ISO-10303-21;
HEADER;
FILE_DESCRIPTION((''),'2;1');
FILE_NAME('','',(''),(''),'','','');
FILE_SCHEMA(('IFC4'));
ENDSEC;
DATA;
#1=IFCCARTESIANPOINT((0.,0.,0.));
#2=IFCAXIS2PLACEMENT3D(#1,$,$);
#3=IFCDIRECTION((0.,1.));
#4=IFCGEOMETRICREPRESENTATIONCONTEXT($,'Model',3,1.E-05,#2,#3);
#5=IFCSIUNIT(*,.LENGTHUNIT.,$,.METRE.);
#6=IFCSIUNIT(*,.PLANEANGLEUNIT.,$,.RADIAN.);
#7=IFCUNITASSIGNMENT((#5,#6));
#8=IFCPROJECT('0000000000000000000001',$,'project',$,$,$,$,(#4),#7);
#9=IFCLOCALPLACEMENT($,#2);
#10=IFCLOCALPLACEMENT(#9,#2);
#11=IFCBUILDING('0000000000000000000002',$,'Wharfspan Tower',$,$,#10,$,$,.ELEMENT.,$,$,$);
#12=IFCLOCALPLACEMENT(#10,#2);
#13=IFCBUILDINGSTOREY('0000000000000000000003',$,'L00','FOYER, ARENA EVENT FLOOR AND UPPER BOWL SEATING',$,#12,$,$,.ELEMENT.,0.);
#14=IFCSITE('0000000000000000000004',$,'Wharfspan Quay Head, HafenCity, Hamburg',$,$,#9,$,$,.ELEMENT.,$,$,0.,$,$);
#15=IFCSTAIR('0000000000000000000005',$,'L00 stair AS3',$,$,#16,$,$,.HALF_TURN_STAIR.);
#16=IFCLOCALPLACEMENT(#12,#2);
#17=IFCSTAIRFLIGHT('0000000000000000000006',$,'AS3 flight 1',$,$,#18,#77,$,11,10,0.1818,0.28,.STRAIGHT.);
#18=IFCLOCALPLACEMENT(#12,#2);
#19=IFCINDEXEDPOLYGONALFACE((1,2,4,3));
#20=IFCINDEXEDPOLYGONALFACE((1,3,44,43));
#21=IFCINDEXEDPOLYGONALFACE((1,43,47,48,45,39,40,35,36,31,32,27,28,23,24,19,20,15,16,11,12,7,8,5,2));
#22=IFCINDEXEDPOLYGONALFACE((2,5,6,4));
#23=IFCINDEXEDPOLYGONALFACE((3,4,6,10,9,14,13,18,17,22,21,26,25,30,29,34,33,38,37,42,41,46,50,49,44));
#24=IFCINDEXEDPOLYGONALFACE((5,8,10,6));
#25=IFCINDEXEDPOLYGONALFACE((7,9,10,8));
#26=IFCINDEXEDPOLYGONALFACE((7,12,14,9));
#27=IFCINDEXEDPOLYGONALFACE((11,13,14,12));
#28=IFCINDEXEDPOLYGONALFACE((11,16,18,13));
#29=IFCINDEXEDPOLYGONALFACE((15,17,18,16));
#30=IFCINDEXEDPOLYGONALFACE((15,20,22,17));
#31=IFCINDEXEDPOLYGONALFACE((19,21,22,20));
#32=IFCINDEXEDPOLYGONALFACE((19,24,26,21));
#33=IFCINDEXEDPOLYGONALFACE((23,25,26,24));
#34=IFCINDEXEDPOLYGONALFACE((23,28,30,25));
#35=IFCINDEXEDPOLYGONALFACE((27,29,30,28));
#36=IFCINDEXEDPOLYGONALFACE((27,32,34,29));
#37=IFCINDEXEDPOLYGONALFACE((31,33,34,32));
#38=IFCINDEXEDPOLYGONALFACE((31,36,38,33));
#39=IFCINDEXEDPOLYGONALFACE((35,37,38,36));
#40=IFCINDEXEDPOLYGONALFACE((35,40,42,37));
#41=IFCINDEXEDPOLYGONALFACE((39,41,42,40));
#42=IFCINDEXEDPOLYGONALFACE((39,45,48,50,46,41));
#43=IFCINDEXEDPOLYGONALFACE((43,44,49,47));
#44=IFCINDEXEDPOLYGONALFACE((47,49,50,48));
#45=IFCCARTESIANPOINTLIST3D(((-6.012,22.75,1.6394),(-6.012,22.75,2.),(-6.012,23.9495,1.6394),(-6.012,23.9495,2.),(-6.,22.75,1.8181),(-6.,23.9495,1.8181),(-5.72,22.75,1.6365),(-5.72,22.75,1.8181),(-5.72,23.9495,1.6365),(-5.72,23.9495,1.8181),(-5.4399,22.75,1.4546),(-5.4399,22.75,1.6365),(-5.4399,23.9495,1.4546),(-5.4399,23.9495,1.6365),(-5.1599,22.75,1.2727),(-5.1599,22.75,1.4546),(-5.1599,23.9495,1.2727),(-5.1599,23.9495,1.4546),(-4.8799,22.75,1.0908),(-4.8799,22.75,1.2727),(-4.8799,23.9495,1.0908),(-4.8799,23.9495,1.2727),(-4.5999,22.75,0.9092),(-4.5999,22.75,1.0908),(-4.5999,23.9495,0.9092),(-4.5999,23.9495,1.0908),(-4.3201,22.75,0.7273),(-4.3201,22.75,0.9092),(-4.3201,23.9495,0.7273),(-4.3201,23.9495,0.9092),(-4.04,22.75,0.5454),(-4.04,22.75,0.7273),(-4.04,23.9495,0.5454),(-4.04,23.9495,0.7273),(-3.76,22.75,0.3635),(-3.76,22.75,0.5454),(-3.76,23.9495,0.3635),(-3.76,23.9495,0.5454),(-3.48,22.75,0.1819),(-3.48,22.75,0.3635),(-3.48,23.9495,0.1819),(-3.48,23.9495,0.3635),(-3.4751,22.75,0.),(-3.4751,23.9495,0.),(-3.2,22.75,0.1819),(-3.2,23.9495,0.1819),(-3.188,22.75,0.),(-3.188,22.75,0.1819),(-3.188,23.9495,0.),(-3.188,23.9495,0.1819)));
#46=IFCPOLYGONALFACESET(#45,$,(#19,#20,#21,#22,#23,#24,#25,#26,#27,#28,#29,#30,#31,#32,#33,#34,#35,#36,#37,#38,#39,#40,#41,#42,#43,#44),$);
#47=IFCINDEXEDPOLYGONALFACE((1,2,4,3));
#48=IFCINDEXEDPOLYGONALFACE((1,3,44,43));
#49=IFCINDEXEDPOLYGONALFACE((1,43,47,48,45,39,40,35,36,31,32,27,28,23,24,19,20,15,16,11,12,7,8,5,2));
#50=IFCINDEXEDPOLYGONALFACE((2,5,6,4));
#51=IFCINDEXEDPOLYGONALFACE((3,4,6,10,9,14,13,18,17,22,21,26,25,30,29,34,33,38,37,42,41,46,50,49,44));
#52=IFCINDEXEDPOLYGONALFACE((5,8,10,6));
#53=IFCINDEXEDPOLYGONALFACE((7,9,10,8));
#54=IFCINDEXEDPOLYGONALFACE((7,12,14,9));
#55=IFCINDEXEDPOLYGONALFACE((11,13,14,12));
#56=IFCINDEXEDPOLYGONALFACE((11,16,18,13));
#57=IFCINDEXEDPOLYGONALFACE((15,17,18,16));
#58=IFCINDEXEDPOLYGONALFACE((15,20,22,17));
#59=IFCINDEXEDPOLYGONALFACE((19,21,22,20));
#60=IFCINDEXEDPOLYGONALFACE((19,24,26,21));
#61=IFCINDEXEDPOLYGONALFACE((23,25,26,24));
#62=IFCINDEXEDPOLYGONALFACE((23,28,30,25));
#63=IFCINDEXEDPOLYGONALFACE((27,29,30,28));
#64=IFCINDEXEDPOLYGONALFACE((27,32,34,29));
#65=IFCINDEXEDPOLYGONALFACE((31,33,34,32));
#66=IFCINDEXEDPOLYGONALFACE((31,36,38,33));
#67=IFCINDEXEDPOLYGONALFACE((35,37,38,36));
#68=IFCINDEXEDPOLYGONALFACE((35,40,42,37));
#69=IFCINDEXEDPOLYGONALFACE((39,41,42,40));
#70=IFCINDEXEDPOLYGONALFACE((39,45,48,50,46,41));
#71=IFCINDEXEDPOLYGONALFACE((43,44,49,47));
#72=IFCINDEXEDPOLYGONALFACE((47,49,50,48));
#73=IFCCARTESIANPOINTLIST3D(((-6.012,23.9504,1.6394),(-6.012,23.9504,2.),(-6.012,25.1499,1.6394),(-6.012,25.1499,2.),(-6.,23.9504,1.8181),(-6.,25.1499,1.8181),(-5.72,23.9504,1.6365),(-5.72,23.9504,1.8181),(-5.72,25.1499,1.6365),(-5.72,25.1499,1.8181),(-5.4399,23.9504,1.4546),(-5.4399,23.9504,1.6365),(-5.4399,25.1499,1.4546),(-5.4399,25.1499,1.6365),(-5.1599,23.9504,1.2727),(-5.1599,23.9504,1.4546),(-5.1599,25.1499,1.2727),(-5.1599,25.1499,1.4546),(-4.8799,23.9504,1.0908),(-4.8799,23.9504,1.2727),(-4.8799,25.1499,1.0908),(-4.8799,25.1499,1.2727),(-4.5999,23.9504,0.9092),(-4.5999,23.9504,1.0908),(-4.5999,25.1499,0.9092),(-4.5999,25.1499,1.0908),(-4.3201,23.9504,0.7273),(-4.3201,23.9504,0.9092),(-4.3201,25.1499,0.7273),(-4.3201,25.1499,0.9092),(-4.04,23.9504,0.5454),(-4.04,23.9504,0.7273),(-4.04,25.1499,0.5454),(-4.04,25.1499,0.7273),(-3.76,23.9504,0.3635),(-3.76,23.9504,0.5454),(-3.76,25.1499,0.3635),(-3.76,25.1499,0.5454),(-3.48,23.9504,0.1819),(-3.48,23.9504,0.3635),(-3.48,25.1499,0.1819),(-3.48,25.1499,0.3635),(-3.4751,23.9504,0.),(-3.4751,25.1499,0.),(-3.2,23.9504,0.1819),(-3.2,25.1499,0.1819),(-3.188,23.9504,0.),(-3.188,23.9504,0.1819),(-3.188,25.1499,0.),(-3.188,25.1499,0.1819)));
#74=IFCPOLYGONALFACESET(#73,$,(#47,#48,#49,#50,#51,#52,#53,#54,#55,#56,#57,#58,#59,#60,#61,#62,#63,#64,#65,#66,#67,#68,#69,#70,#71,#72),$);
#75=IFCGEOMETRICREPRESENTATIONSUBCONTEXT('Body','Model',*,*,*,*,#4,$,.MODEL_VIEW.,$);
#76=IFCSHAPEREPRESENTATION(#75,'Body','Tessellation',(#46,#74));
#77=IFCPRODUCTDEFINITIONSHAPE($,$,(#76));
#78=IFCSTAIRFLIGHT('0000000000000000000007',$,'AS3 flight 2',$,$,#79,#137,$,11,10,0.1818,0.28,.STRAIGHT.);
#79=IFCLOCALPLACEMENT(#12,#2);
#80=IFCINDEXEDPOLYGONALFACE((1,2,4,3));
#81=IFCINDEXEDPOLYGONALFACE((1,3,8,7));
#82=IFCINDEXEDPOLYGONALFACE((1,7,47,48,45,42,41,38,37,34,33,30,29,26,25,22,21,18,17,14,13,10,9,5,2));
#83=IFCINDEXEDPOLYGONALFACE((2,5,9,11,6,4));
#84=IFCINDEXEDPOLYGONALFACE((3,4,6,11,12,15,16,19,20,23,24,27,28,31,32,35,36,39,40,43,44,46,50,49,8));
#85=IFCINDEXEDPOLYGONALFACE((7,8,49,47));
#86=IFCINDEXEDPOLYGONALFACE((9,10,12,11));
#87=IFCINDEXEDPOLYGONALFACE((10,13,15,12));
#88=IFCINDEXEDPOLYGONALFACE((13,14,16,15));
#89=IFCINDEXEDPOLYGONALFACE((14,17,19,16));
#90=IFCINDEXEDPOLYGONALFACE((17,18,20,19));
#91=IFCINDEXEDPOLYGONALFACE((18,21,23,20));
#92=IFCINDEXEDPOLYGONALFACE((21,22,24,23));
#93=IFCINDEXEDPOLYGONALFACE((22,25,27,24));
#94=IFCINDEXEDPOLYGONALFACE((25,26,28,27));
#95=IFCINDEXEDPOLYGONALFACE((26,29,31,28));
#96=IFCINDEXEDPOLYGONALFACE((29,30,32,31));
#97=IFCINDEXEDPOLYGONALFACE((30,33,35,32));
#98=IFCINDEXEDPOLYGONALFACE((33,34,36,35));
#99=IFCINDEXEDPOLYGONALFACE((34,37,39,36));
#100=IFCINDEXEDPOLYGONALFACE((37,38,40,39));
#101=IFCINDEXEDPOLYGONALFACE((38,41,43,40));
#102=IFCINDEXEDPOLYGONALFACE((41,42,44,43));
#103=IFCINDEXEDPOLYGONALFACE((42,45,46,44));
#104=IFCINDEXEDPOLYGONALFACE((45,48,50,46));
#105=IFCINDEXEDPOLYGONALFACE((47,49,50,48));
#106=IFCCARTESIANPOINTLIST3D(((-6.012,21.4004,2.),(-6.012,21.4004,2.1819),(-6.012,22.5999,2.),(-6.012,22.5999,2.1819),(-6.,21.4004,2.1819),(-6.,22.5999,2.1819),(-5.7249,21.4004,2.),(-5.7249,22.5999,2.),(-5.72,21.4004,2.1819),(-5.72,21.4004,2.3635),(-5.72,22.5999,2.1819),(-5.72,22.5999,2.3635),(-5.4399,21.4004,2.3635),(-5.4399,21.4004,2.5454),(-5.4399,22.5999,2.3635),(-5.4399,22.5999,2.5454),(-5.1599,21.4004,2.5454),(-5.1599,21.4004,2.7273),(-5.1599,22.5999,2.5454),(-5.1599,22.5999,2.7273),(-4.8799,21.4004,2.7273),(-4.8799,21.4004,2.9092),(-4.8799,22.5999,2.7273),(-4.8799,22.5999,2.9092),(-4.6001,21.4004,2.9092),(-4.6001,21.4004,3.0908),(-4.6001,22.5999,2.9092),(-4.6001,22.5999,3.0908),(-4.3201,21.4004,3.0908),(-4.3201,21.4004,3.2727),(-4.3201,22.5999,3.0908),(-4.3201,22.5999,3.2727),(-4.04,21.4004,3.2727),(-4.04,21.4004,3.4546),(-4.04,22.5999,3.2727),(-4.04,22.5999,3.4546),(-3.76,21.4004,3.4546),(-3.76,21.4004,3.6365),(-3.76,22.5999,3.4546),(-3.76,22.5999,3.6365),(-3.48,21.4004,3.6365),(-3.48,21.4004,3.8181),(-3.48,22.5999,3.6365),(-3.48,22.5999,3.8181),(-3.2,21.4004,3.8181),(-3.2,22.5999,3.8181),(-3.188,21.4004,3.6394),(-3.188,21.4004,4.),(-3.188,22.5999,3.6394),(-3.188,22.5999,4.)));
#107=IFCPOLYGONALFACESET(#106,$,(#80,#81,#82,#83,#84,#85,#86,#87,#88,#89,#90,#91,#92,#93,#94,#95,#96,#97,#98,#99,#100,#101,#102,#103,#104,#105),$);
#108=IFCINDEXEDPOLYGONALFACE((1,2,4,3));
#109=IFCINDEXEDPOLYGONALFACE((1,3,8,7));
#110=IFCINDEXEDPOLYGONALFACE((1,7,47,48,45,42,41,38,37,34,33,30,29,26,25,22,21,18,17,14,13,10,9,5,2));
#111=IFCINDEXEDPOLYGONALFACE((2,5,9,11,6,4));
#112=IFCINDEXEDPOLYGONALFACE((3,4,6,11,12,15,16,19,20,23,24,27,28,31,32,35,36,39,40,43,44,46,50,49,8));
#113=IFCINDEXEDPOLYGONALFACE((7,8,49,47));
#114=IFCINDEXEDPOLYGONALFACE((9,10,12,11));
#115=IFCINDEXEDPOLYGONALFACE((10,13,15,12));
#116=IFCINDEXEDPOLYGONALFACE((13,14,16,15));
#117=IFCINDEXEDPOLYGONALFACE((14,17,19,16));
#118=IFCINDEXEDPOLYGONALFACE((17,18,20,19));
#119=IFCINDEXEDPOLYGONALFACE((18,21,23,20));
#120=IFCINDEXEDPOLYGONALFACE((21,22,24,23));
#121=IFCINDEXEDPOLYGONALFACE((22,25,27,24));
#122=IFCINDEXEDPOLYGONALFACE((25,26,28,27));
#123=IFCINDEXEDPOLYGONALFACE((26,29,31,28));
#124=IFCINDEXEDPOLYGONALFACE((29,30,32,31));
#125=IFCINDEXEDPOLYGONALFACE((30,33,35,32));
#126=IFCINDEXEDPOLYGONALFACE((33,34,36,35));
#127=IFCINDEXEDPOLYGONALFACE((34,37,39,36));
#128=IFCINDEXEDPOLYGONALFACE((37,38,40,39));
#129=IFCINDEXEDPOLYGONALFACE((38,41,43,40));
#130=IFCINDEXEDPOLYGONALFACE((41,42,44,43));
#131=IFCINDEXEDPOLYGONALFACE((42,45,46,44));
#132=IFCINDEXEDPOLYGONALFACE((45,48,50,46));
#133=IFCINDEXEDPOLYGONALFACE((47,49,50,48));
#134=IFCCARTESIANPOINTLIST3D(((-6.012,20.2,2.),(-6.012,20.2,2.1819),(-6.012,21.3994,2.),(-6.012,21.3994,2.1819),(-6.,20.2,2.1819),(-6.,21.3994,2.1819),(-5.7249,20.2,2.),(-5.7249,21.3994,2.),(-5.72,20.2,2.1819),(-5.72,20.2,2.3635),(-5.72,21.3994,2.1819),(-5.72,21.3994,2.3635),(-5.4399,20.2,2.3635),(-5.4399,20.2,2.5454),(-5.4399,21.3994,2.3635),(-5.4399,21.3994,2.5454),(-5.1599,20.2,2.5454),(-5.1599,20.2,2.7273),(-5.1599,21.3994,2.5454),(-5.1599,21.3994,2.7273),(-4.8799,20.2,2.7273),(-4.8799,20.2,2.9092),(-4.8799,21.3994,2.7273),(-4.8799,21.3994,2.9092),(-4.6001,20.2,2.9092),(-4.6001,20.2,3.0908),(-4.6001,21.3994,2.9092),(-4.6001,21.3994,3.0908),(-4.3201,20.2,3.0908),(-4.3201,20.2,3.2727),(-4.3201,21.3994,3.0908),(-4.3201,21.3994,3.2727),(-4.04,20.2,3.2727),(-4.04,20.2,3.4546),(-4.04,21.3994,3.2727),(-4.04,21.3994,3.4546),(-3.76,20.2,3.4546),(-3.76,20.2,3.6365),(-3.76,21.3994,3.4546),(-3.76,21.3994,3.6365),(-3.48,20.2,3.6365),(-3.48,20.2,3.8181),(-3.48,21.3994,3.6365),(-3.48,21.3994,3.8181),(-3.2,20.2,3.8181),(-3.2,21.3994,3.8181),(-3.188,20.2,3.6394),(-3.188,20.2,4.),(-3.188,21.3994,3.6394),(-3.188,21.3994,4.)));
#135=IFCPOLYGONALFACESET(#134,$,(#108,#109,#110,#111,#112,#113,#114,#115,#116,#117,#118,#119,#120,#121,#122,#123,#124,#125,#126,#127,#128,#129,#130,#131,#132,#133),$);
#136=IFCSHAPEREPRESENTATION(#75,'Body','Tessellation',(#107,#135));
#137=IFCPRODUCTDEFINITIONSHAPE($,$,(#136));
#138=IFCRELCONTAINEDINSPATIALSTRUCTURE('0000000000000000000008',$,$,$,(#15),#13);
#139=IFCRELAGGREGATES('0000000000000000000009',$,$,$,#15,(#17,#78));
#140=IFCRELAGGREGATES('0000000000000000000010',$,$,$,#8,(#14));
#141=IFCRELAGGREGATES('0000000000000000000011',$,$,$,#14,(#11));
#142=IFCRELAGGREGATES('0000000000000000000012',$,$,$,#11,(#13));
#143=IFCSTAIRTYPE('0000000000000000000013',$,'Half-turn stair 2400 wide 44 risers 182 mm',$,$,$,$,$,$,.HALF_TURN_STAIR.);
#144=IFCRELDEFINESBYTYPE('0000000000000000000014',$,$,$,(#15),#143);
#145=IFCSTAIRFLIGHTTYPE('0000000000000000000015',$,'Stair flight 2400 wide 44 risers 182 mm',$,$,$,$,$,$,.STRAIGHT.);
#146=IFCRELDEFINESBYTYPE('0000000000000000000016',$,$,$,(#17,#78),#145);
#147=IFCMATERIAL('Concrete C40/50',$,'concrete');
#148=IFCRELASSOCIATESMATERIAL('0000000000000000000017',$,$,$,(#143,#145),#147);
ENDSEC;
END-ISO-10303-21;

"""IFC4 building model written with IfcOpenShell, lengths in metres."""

from ifc_helpers import new_model, si_unit, direction, frame, origin, place, context, subcontext, project, spatial, polyline, outline, extrude, material, type_object, element, aggregate, save


model = new_model("IFC4")

# Units and contexts
model_context = context("Model", 3, precision=1e-05, world=origin(), true_north=direction((0.0, 1.0)))
body_context = subcontext(model_context, "Body", "Model", "MODEL_VIEW")
ifc_project = project(units=[si_unit("LENGTHUNIT", "METRE"), si_unit("PLANEANGLEUNIT", "RADIAN")], contexts=[model_context])

# Site, building, storey
site_placement = place(None, origin())
site = spatial("IfcSite", under=ifc_project, at=site_placement, Name="Wharfspan Quay Head, HafenCity, Hamburg", CompositionType="ELEMENT", RefElevation=0.0)
building_placement = place(site_placement, origin())
building = spatial("IfcBuilding", under=site, at=building_placement, Name="Wharfspan Tower", CompositionType="ELEMENT")
storey_placement = place(building_placement, origin())
storey = spatial("IfcBuildingStorey", under=building, at=storey_placement, Name="L00", Description="FOYER, ARENA EVENT FLOOR AND UPPER BOWL SEATING", CompositionType="ELEMENT", Elevation=0.0)

# Shared definitions
ifc_material_1 = material(Name="Concrete C40/50", Category="concrete")

# Stair, stair flights
stair_type = type_object("IfcStairType", Name="Half-turn stair 2400 wide 44 risers 182 mm", PredefinedType="HALF_TURN_STAIR", material=ifc_material_1)
stair_placement = place(storey_placement, origin())
stair = element("IfcStair", 1, at=stair_placement, inside=storey, type_object=stair_type, Name="L00 stair AS3", PredefinedType="HALF_TURN_STAIR")
stair_flight_type = type_object("IfcStairFlightType", Name="Stair flight 2400 wide 44 risers 182 mm", PredefinedType="STRAIGHT", material=ifc_material_1)
stair_flight_1_placement = place(storey_placement, frame((-3.2, 23.95, 0.0), z_axis=(0.0, 0.0, 1.0), x_axis=(-1.0, 0.0, 0.0)))
stair_flight_1 = element("IfcStairFlight", 2, at=stair_flight_1_placement, type_object=stair_flight_type, Name="AS3 flight 1", NumberOfRisers=11, NumberOfTreads=10, PredefinedType="STRAIGHT", RiserHeight=0.1818, TreadLength=0.28, context=body_context, shape_type="SweptSolid", body=[
    extrude(outline(polyline([(-0.012, 0.0), (-0.012, 0.1819), (0.0, 0.1819), (0.28, 0.1819), (0.28, 0.3635), (0.5601, 0.3635), (0.5601, 0.5454), (0.8401, 0.5454), (0.8401, 0.7273), (1.1201, 0.7273), (1.1201, 0.9092), (1.3999, 0.9092), (1.3999, 1.0908), (1.6799, 1.0908), (1.6799, 1.2727), (1.96, 1.2727), (1.96, 1.4546), (2.24, 1.4546), (2.24, 1.6365), (2.52, 1.6365), (2.52, 1.8181), (2.8, 1.8181), (2.812, 2.0), (2.812, 1.6394), (0.2751, 0.0), (-0.012, 0.0)])), frame((0.0, 1.2, 0.0), z_axis=(0.0, -1.0, 0.0), x_axis=(1.0, 0.0, 0.0)), (0.0, 0.0, 1.0), 1.1995),
    extrude(outline(polyline([(-0.012, 0.0), (-0.012, 0.1819), (0.0, 0.1819), (0.28, 0.1819), (0.28, 0.3635), (0.5601, 0.3635), (0.5601, 0.5454), (0.8401, 0.5454), (0.8401, 0.7273), (1.1201, 0.7273), (1.1201, 0.9092), (1.3999, 0.9092), (1.3999, 1.0908), (1.6799, 1.0908), (1.6799, 1.2727), (1.96, 1.2727), (1.96, 1.4546), (2.24, 1.4546), (2.24, 1.6365), (2.52, 1.6365), (2.52, 1.8181), (2.8, 1.8181), (2.812, 2.0), (2.812, 1.6394), (0.2751, 0.0), (-0.012, 0.0)])), frame((0.0, -0.0005, 0.0), z_axis=(0.0, -1.0, 0.0), x_axis=(1.0, 0.0, 0.0)), (0.0, 0.0, 1.0), 1.1995),
])
stair_flight_2_placement = place(storey_placement, frame((-6.0, 21.3999, 2.0), z_axis=(0.0, 0.0, 1.0), x_axis=(1.0, 0.0, 0.0)))
stair_flight_2 = element("IfcStairFlight", 3, at=stair_flight_2_placement, type_object=stair_flight_type, Name="AS3 flight 2", NumberOfRisers=11, NumberOfTreads=10, PredefinedType="STRAIGHT", RiserHeight=0.1818, TreadLength=0.28, context=body_context, shape_type="SweptSolid", body=[
    extrude(outline(polyline([(-0.012, 0.0), (-0.012, 0.1819), (0.0, 0.1819), (0.28, 0.1819), (0.28, 0.3635), (0.5601, 0.3635), (0.5601, 0.5454), (0.8401, 0.5454), (0.8401, 0.7273), (1.1201, 0.7273), (1.1201, 0.9092), (1.3999, 0.9092), (1.3999, 1.0908), (1.6799, 1.0908), (1.6799, 1.2727), (1.96, 1.2727), (1.96, 1.4546), (2.24, 1.4546), (2.24, 1.6365), (2.52, 1.6365), (2.52, 1.8181), (2.8, 1.8181), (2.812, 2.0), (2.812, 1.6394), (0.2751, 0.0), (-0.012, 0.0)])), frame((0.0, 1.2, 0.0), z_axis=(0.0, -1.0, 0.0), x_axis=(1.0, 0.0, 0.0)), (0.0, 0.0, 1.0), 1.1995),
    extrude(outline(polyline([(-0.012, 0.0), (-0.012, 0.1819), (0.0, 0.1819), (0.28, 0.1819), (0.28, 0.3635), (0.5601, 0.3635), (0.5601, 0.5454), (0.8401, 0.5454), (0.8401, 0.7273), (1.1201, 0.7273), (1.1201, 0.9092), (1.3999, 0.9092), (1.3999, 1.0908), (1.6799, 1.0908), (1.6799, 1.2727), (1.96, 1.2727), (1.96, 1.4546), (2.24, 1.4546), (2.24, 1.6365), (2.52, 1.6365), (2.52, 1.8181), (2.8, 1.8181), (2.812, 2.0), (2.812, 1.6394), (0.2751, 0.0), (-0.012, 0.0)])), frame((0.0, -0.0005, 0.0), z_axis=(0.0, -1.0, 0.0), x_axis=(1.0, 0.0, 0.0)), (0.0, 0.0, 1.0), 1.1995),
])
aggregate(stair, [stair_flight_1, stair_flight_2])

save(model, "model.ifc")
